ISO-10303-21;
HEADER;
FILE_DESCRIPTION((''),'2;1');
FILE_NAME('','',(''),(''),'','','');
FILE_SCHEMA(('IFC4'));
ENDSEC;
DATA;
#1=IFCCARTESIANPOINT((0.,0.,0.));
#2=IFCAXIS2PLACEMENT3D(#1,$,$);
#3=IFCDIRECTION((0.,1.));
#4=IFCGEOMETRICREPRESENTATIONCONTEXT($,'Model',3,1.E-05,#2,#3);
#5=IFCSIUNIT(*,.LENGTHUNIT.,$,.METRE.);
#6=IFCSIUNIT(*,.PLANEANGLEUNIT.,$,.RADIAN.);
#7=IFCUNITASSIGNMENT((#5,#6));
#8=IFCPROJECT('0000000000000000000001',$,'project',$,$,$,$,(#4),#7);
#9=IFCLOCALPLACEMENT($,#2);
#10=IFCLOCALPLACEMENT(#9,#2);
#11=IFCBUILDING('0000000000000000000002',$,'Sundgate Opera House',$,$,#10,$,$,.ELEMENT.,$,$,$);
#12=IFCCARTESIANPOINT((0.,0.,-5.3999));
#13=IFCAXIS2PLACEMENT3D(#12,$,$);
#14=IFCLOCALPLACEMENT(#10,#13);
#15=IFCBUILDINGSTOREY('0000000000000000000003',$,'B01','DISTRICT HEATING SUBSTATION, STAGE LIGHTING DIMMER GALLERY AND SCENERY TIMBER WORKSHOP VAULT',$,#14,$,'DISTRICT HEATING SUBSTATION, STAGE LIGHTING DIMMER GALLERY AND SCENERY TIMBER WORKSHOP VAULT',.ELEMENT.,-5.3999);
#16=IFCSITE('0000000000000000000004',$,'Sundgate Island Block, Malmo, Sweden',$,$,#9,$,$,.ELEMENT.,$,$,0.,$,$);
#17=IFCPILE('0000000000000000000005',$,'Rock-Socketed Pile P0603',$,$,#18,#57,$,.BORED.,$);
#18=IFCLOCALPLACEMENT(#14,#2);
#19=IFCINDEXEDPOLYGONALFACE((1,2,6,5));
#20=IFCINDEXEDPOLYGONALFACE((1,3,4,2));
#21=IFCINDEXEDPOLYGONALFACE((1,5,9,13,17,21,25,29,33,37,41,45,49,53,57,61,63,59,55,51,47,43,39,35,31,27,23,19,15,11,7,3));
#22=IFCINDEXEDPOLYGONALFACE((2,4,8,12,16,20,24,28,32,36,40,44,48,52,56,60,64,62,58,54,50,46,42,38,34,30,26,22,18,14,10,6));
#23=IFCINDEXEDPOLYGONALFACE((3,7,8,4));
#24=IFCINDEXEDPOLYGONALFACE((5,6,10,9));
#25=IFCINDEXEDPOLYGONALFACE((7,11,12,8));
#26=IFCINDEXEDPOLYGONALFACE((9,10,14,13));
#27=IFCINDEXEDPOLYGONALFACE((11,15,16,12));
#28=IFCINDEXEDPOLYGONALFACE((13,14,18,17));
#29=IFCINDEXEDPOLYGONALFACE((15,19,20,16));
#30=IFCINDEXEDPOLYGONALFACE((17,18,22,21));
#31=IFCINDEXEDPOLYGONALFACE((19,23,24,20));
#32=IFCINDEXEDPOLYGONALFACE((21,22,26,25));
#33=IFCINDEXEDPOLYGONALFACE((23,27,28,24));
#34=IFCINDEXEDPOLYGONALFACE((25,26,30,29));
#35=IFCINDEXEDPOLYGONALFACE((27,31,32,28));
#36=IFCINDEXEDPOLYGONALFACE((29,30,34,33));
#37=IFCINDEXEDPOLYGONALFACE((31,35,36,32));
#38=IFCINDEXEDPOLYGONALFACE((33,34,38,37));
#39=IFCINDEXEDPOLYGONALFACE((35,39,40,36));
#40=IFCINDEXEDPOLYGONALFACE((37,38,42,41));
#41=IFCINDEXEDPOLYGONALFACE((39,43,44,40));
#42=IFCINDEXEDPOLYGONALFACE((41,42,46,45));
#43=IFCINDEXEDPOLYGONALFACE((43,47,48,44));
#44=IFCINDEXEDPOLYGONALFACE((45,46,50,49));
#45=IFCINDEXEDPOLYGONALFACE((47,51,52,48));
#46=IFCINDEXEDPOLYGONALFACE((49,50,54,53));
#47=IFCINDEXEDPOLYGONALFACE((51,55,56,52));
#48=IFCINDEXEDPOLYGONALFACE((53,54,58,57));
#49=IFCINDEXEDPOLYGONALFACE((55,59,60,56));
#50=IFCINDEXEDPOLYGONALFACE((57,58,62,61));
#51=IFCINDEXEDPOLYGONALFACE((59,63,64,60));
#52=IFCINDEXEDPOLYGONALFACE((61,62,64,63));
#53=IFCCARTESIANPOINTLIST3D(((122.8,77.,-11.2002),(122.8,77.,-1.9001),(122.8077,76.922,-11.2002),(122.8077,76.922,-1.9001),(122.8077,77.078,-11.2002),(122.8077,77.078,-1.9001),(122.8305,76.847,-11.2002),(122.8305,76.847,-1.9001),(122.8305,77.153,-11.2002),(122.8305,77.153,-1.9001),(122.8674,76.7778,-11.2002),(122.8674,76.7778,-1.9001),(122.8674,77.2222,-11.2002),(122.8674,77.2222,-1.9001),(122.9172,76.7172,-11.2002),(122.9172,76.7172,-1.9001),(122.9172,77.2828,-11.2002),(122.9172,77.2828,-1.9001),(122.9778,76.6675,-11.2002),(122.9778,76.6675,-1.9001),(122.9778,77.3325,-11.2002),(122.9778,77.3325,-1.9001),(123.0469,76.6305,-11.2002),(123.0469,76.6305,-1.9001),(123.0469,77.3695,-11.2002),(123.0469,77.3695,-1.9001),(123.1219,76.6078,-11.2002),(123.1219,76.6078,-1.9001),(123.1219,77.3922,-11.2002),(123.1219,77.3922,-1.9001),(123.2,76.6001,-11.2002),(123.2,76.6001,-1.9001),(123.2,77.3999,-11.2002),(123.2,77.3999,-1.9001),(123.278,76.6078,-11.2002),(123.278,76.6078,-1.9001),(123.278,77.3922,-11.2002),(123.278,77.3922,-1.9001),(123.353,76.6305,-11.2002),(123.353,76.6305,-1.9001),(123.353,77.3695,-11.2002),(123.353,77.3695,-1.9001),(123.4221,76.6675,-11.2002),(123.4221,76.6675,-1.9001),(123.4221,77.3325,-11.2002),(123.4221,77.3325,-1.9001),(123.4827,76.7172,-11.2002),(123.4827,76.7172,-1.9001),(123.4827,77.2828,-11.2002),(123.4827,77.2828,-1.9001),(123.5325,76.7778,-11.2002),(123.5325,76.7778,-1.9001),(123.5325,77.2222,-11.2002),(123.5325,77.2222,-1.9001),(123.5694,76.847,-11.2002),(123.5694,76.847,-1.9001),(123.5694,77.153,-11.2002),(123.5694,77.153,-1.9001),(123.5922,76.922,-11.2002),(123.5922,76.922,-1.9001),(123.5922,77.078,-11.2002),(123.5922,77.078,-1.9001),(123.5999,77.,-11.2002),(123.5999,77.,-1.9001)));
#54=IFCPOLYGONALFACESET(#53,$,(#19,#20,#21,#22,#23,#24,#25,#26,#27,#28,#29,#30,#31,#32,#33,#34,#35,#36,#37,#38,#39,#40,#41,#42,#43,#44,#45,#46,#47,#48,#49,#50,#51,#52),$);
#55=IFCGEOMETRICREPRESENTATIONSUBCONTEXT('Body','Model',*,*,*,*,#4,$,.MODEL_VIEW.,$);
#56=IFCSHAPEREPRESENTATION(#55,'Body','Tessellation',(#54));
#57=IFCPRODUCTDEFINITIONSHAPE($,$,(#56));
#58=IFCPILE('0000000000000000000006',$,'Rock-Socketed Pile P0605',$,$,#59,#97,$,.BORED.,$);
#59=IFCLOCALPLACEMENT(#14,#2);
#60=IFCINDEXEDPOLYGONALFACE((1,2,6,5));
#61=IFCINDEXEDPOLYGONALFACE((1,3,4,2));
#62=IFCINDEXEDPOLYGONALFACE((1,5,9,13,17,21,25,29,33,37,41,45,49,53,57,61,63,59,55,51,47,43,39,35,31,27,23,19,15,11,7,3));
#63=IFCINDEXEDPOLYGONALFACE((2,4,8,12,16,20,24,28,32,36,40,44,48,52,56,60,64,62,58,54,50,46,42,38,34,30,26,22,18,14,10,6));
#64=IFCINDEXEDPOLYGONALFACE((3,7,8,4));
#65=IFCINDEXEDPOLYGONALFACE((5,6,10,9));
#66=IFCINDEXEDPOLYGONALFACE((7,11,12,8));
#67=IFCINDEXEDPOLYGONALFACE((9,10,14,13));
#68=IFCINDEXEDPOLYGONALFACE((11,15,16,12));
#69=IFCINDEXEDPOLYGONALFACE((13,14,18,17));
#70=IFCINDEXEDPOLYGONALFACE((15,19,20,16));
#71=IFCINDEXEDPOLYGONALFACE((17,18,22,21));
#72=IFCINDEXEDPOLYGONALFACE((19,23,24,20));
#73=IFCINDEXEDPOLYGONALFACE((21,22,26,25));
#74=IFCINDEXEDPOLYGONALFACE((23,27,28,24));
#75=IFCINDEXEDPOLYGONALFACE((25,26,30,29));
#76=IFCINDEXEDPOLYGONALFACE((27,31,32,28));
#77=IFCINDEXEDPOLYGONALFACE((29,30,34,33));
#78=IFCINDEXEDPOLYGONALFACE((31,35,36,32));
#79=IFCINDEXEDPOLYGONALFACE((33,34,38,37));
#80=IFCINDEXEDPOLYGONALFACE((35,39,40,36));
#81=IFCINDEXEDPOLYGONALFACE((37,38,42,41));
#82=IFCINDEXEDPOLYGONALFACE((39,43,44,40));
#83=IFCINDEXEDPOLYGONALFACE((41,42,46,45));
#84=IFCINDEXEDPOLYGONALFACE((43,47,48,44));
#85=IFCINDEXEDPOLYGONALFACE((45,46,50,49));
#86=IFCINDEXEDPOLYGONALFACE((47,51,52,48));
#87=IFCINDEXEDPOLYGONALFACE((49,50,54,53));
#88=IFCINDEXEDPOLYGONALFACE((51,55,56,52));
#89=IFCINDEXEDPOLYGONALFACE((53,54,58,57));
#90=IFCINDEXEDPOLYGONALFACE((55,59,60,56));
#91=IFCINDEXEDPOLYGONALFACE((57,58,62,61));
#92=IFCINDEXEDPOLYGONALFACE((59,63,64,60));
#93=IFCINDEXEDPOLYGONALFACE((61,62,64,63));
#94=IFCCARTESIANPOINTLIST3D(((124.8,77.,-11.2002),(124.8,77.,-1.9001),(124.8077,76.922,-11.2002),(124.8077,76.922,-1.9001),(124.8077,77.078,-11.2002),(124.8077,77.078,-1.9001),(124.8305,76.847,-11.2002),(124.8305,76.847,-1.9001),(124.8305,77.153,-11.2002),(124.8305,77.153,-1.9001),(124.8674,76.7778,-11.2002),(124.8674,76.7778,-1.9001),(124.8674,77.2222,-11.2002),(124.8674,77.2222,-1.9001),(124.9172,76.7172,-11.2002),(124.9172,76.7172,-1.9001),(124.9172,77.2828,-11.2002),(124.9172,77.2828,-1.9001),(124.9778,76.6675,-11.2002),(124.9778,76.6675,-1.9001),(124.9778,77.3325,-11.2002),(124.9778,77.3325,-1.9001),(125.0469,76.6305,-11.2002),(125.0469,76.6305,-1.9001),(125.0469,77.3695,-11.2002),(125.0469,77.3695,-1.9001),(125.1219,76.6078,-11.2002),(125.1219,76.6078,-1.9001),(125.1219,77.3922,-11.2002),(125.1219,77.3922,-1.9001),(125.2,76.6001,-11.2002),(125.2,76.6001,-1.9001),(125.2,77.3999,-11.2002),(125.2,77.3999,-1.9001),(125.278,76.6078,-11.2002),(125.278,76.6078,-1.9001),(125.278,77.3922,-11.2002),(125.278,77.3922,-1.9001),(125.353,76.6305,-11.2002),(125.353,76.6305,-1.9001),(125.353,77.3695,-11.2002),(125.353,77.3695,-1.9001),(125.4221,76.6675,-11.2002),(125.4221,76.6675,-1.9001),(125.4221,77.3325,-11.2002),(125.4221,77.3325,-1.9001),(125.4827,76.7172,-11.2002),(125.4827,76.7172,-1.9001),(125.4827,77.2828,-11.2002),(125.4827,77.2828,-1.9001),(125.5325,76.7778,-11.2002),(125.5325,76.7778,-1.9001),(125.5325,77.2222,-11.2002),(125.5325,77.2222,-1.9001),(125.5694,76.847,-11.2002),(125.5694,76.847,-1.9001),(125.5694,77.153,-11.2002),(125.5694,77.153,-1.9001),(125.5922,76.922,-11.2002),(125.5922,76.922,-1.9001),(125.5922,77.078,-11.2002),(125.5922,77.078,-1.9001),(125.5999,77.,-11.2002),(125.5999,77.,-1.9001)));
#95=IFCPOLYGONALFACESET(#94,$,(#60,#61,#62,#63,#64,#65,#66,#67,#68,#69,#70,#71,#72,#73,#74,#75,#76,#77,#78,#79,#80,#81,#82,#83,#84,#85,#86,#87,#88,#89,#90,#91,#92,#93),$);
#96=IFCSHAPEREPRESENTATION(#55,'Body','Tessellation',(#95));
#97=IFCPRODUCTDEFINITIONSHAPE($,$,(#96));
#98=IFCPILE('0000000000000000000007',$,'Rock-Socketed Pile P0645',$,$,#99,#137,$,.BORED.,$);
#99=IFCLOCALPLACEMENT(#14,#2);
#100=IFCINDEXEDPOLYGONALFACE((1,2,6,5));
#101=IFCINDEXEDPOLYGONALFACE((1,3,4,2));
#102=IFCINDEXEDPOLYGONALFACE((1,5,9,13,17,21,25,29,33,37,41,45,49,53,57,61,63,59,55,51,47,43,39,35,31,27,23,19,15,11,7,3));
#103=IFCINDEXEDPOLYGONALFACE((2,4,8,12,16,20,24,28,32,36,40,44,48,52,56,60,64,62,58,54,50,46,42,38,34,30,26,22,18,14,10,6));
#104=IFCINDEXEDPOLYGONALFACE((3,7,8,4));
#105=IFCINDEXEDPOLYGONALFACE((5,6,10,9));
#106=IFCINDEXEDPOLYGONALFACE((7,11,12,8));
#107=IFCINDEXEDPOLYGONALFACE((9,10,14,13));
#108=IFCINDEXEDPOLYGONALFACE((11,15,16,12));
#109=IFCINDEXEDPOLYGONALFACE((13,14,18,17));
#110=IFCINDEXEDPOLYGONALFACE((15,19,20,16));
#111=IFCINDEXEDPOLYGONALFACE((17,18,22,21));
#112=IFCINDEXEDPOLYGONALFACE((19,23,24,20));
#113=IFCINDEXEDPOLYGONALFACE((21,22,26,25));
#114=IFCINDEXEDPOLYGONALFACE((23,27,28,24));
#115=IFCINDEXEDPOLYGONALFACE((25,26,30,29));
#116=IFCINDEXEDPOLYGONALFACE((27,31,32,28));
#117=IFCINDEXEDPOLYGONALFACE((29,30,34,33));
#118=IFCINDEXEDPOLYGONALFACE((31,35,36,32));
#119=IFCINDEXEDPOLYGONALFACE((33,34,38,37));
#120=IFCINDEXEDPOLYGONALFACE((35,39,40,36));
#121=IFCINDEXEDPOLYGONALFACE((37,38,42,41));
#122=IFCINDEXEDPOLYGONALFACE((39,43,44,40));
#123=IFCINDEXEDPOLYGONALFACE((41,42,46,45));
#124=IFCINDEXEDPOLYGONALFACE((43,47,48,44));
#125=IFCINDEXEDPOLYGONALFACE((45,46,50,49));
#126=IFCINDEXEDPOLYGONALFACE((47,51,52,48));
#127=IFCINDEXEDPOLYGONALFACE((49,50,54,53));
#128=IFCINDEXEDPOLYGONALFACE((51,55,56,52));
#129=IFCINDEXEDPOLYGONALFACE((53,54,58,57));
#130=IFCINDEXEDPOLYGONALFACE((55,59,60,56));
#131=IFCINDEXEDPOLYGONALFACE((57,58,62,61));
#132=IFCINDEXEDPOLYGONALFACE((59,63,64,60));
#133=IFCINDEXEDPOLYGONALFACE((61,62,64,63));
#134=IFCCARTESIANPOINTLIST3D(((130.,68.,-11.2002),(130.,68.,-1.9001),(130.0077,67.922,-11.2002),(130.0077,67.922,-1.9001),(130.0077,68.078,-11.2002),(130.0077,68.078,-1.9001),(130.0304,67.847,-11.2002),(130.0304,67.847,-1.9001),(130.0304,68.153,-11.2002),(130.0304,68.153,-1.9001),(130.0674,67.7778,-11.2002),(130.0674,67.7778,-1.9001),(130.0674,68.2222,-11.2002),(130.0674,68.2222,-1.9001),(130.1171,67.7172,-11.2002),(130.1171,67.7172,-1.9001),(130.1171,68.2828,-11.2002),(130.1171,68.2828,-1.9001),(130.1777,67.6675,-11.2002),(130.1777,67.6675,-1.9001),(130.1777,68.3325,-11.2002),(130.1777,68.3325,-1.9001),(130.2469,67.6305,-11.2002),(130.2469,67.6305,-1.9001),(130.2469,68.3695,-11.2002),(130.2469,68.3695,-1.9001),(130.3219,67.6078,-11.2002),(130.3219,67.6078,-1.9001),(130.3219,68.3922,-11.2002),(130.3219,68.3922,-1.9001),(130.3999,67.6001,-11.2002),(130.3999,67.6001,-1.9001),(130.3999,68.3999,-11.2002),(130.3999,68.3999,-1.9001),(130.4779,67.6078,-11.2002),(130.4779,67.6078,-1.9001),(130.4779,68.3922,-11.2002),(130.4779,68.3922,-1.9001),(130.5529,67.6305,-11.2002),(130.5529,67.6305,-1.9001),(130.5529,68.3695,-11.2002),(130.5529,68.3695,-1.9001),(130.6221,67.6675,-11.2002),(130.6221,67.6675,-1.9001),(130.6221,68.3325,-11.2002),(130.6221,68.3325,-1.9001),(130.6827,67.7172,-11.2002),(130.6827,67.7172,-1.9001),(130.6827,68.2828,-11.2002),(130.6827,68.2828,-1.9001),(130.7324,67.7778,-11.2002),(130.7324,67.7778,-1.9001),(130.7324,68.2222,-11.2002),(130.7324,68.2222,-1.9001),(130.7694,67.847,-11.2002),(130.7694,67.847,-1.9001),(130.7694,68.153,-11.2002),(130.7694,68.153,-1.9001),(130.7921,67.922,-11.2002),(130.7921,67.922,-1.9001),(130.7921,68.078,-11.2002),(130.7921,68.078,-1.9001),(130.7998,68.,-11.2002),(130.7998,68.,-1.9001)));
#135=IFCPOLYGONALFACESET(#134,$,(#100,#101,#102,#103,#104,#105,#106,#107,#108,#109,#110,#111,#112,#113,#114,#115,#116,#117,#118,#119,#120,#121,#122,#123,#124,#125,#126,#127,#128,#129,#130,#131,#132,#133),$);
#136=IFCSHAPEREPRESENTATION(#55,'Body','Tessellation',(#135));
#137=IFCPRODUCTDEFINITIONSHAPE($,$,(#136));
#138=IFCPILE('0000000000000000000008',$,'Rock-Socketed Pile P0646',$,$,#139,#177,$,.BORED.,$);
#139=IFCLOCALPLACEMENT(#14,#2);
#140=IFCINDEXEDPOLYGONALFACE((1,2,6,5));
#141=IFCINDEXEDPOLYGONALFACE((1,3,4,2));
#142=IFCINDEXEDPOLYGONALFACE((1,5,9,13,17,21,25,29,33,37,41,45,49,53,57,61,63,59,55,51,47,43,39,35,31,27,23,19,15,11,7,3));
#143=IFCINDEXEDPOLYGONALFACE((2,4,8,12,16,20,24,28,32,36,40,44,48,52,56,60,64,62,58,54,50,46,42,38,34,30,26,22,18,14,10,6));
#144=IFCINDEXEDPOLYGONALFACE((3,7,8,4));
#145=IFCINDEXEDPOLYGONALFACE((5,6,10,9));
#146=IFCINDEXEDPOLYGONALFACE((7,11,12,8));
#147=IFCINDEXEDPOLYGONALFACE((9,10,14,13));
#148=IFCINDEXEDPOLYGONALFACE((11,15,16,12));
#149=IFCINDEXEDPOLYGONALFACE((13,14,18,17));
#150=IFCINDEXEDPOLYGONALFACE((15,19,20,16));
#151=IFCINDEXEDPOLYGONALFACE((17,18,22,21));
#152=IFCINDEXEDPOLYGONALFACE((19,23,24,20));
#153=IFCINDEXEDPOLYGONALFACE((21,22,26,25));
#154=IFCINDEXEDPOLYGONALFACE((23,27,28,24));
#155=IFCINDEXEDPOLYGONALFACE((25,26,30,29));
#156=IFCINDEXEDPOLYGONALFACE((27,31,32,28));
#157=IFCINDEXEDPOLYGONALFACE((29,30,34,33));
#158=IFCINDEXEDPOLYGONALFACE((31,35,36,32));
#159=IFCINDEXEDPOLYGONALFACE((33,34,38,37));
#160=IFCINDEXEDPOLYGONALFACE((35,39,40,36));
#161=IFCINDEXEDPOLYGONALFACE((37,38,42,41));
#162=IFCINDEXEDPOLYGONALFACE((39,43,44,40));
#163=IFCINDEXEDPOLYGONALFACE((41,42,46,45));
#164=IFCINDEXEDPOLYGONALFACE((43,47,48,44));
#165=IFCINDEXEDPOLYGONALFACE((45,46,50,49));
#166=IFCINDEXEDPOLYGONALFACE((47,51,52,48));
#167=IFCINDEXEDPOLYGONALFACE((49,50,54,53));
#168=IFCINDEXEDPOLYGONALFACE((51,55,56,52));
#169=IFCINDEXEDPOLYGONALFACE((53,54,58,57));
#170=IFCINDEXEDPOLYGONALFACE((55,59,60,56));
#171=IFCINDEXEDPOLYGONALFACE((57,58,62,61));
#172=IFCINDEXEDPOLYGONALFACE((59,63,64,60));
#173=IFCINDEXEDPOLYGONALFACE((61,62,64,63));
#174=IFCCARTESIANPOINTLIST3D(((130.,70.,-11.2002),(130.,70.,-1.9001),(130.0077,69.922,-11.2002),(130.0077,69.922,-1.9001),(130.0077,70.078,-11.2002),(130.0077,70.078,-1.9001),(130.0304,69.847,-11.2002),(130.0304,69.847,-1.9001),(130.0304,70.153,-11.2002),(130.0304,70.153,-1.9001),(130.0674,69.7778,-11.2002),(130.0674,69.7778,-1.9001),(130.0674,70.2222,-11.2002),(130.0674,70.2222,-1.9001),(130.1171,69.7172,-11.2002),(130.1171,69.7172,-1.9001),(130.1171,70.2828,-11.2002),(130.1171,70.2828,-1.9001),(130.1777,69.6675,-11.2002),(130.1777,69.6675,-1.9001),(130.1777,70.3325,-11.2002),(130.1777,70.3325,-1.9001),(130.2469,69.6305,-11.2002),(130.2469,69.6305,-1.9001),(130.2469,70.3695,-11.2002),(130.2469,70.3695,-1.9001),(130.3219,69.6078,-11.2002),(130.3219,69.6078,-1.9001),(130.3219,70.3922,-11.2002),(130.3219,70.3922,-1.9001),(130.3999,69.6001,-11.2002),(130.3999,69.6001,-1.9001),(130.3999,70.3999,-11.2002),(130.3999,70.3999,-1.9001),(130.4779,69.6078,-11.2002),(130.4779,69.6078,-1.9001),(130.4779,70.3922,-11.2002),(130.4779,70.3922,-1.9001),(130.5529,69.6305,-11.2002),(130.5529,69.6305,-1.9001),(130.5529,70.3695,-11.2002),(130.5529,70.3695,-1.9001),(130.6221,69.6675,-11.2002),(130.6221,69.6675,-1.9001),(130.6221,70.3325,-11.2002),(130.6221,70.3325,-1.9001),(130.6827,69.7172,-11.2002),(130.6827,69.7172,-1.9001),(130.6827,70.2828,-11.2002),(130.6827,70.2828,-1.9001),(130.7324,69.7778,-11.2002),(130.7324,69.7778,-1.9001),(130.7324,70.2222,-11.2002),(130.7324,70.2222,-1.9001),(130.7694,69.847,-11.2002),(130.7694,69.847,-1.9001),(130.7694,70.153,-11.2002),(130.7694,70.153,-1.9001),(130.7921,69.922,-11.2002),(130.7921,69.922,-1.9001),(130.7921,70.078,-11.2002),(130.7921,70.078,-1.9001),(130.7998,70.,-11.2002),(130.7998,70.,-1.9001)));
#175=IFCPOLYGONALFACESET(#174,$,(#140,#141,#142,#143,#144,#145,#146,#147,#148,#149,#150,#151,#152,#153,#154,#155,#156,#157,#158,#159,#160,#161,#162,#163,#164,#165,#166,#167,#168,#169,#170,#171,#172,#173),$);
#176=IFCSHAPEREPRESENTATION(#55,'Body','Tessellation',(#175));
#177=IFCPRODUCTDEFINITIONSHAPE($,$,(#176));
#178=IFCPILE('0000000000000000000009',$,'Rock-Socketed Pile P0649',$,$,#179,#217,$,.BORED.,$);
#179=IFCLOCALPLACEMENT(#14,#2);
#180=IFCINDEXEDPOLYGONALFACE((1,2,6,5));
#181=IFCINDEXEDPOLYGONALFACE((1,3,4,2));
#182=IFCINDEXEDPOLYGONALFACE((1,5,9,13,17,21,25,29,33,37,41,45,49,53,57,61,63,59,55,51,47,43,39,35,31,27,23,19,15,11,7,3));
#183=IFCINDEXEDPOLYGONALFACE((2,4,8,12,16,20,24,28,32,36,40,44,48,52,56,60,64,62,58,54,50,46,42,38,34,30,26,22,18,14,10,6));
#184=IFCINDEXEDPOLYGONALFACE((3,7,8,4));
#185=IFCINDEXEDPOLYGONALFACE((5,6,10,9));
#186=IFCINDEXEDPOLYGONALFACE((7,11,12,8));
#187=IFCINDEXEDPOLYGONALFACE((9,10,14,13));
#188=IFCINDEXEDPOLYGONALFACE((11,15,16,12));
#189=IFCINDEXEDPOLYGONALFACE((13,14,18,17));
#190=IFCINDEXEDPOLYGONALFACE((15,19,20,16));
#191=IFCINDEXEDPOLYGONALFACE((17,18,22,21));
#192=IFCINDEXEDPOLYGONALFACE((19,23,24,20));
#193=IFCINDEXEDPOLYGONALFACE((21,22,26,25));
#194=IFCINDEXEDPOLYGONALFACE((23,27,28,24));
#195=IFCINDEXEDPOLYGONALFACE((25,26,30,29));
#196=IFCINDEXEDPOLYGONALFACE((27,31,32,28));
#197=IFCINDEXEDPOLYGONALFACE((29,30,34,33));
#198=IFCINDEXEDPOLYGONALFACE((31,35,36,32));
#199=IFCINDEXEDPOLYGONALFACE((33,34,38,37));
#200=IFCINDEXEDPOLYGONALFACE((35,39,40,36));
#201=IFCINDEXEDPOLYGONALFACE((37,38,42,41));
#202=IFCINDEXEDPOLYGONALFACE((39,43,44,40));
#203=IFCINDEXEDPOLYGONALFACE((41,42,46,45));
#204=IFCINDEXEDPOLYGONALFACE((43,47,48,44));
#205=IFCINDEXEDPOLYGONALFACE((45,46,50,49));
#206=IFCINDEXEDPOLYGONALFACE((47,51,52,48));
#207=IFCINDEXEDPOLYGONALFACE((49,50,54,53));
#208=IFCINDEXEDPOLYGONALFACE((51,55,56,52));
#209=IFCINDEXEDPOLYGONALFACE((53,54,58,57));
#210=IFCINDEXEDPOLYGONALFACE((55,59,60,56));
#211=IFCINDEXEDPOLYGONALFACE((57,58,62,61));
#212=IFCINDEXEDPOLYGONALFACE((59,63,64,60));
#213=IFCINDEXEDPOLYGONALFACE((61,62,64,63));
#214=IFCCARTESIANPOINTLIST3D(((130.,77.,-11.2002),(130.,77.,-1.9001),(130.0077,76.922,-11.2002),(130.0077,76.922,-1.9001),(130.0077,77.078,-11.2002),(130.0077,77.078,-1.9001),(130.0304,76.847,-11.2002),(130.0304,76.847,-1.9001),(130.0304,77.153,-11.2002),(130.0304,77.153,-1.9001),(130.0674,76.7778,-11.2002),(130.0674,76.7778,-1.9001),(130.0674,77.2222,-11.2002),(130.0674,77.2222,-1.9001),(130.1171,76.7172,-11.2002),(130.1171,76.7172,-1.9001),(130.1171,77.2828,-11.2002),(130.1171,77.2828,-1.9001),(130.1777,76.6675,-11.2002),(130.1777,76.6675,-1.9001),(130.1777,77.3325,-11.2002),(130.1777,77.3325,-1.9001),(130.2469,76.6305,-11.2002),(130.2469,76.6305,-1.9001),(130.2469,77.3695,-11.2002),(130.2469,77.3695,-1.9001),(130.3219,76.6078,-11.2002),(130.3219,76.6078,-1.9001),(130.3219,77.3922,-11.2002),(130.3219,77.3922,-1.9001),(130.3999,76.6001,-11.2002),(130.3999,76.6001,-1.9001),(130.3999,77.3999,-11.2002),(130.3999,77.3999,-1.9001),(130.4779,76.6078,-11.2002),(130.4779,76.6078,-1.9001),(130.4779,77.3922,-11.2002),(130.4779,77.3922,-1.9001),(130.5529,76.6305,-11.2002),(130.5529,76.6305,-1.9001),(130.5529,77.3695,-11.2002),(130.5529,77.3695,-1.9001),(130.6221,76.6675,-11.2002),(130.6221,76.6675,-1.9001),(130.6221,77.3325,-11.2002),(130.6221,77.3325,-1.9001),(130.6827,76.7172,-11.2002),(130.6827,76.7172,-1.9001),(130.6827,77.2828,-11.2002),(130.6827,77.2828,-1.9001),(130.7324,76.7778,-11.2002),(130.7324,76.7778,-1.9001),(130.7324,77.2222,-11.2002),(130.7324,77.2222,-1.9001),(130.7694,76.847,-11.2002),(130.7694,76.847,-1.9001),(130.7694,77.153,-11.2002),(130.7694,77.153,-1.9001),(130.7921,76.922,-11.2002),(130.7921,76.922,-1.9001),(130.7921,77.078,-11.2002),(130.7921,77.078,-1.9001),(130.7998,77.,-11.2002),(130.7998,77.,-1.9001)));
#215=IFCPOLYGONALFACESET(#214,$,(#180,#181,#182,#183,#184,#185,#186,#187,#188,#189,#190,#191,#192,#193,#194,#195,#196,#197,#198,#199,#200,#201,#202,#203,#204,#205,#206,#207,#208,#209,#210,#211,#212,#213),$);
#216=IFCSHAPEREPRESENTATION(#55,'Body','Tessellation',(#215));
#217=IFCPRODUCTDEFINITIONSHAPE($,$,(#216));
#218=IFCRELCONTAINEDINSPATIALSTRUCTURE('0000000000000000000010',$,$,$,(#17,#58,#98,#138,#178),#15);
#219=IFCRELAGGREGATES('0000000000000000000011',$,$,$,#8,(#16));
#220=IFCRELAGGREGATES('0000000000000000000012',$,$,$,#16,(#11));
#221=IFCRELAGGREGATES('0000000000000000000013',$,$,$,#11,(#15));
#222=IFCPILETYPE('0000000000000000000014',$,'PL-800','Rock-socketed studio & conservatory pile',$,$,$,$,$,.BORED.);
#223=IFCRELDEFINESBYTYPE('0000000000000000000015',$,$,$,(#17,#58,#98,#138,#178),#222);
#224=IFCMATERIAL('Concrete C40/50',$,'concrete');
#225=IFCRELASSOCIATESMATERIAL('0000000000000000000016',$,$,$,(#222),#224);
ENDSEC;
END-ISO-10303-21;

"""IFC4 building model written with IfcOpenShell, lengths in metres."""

from ifc_helpers import new_model, si_unit, direction, frame, origin, origin_2d, place, context, subcontext, project, spatial, circle, extrude, material, material_profile, profile_set, type_object, element, save


model = new_model("IFC4")

# Units and contexts
model_context = context("Model", 3, precision=1e-05, world=origin(), true_north=direction((0.0, 1.0)))
body_context = subcontext(model_context, "Body", "Model", "MODEL_VIEW")
ifc_project = project(units=[si_unit("LENGTHUNIT", "METRE"), si_unit("PLANEANGLEUNIT", "RADIAN")], contexts=[model_context])

# Site, building, storey
site_placement = place(None, origin())
site = spatial("IfcSite", under=ifc_project, at=site_placement, Name="Sundgate Island Block, Malmo, Sweden", CompositionType="ELEMENT", RefElevation=0.0)
building_placement = place(site_placement, origin())
building = spatial("IfcBuilding", under=site, at=building_placement, Name="Sundgate Opera House", CompositionType="ELEMENT")
storey_placement = place(building_placement, frame((0.0, 0.0, -5.3999)))
storey = spatial("IfcBuildingStorey", under=building, at=storey_placement, Name="B01", Description="DISTRICT HEATING SUBSTATION, STAGE LIGHTING DIMMER GALLERY AND SCENERY TIMBER WORKSHOP VAULT", LongName="DISTRICT HEATING SUBSTATION, STAGE LIGHTING DIMMER GALLERY AND SCENERY TIMBER WORKSHOP VAULT", CompositionType="ELEMENT", Elevation=-5.3999)

# Piles
ifc_material_1 = material(Name="Concrete C40/50", Category="concrete")
ifc_material_profile_1 = material_profile(ifc_material_1, circle(Radius=0.3999, at=origin_2d()), Name="PILE D800")
ifc_profile_set_1 = profile_set([ifc_material_profile_1], Name="Concrete C40/50")
pile_type = type_object("IfcPileType", Name="PL-800", Description="Rock-socketed studio & conservatory pile", PredefinedType="BORED", material=ifc_profile_set_1)
for number, where, z_axis, x_axis, name in (
    (1, (123.2, 77.0, -1.9001), (0.0, 0.0, -1.0), (1.0, 0.0, 0.0), "Rock-Socketed Pile P0603"),
    (2, (125.2, 77.0, -1.9001), (0.0, 0.0, -1.0), (1.0, 0.0, 0.0), "Rock-Socketed Pile P0605"),
    (3, (130.3999, 68.0, -1.9001), (0.0, 0.0, -1.0), (1.0, 0.0, 0.0), "Rock-Socketed Pile P0645"),
    (4, (130.3999, 70.0, -1.9001), (0.0, 0.0, -1.0), (1.0, 0.0, 0.0), "Rock-Socketed Pile P0646"),
    (5, (130.3999, 77.0, -1.9001), (0.0, 0.0, -1.0), (1.0, 0.0, 0.0), "Rock-Socketed Pile P0649"),
):
    element("IfcPile", number, at=place(storey_placement, frame(where, z_axis=z_axis, x_axis=x_axis)), inside=storey, type_object=pile_type, Name=name, PredefinedType="BORED", context=body_context, shape_type="SweptSolid", body=[
        extrude(circle(Radius=0.3999, at=origin_2d()), origin(), (0.0, 0.0, 1.0), 9.3),
    ])

save(model, "model.ifc")
